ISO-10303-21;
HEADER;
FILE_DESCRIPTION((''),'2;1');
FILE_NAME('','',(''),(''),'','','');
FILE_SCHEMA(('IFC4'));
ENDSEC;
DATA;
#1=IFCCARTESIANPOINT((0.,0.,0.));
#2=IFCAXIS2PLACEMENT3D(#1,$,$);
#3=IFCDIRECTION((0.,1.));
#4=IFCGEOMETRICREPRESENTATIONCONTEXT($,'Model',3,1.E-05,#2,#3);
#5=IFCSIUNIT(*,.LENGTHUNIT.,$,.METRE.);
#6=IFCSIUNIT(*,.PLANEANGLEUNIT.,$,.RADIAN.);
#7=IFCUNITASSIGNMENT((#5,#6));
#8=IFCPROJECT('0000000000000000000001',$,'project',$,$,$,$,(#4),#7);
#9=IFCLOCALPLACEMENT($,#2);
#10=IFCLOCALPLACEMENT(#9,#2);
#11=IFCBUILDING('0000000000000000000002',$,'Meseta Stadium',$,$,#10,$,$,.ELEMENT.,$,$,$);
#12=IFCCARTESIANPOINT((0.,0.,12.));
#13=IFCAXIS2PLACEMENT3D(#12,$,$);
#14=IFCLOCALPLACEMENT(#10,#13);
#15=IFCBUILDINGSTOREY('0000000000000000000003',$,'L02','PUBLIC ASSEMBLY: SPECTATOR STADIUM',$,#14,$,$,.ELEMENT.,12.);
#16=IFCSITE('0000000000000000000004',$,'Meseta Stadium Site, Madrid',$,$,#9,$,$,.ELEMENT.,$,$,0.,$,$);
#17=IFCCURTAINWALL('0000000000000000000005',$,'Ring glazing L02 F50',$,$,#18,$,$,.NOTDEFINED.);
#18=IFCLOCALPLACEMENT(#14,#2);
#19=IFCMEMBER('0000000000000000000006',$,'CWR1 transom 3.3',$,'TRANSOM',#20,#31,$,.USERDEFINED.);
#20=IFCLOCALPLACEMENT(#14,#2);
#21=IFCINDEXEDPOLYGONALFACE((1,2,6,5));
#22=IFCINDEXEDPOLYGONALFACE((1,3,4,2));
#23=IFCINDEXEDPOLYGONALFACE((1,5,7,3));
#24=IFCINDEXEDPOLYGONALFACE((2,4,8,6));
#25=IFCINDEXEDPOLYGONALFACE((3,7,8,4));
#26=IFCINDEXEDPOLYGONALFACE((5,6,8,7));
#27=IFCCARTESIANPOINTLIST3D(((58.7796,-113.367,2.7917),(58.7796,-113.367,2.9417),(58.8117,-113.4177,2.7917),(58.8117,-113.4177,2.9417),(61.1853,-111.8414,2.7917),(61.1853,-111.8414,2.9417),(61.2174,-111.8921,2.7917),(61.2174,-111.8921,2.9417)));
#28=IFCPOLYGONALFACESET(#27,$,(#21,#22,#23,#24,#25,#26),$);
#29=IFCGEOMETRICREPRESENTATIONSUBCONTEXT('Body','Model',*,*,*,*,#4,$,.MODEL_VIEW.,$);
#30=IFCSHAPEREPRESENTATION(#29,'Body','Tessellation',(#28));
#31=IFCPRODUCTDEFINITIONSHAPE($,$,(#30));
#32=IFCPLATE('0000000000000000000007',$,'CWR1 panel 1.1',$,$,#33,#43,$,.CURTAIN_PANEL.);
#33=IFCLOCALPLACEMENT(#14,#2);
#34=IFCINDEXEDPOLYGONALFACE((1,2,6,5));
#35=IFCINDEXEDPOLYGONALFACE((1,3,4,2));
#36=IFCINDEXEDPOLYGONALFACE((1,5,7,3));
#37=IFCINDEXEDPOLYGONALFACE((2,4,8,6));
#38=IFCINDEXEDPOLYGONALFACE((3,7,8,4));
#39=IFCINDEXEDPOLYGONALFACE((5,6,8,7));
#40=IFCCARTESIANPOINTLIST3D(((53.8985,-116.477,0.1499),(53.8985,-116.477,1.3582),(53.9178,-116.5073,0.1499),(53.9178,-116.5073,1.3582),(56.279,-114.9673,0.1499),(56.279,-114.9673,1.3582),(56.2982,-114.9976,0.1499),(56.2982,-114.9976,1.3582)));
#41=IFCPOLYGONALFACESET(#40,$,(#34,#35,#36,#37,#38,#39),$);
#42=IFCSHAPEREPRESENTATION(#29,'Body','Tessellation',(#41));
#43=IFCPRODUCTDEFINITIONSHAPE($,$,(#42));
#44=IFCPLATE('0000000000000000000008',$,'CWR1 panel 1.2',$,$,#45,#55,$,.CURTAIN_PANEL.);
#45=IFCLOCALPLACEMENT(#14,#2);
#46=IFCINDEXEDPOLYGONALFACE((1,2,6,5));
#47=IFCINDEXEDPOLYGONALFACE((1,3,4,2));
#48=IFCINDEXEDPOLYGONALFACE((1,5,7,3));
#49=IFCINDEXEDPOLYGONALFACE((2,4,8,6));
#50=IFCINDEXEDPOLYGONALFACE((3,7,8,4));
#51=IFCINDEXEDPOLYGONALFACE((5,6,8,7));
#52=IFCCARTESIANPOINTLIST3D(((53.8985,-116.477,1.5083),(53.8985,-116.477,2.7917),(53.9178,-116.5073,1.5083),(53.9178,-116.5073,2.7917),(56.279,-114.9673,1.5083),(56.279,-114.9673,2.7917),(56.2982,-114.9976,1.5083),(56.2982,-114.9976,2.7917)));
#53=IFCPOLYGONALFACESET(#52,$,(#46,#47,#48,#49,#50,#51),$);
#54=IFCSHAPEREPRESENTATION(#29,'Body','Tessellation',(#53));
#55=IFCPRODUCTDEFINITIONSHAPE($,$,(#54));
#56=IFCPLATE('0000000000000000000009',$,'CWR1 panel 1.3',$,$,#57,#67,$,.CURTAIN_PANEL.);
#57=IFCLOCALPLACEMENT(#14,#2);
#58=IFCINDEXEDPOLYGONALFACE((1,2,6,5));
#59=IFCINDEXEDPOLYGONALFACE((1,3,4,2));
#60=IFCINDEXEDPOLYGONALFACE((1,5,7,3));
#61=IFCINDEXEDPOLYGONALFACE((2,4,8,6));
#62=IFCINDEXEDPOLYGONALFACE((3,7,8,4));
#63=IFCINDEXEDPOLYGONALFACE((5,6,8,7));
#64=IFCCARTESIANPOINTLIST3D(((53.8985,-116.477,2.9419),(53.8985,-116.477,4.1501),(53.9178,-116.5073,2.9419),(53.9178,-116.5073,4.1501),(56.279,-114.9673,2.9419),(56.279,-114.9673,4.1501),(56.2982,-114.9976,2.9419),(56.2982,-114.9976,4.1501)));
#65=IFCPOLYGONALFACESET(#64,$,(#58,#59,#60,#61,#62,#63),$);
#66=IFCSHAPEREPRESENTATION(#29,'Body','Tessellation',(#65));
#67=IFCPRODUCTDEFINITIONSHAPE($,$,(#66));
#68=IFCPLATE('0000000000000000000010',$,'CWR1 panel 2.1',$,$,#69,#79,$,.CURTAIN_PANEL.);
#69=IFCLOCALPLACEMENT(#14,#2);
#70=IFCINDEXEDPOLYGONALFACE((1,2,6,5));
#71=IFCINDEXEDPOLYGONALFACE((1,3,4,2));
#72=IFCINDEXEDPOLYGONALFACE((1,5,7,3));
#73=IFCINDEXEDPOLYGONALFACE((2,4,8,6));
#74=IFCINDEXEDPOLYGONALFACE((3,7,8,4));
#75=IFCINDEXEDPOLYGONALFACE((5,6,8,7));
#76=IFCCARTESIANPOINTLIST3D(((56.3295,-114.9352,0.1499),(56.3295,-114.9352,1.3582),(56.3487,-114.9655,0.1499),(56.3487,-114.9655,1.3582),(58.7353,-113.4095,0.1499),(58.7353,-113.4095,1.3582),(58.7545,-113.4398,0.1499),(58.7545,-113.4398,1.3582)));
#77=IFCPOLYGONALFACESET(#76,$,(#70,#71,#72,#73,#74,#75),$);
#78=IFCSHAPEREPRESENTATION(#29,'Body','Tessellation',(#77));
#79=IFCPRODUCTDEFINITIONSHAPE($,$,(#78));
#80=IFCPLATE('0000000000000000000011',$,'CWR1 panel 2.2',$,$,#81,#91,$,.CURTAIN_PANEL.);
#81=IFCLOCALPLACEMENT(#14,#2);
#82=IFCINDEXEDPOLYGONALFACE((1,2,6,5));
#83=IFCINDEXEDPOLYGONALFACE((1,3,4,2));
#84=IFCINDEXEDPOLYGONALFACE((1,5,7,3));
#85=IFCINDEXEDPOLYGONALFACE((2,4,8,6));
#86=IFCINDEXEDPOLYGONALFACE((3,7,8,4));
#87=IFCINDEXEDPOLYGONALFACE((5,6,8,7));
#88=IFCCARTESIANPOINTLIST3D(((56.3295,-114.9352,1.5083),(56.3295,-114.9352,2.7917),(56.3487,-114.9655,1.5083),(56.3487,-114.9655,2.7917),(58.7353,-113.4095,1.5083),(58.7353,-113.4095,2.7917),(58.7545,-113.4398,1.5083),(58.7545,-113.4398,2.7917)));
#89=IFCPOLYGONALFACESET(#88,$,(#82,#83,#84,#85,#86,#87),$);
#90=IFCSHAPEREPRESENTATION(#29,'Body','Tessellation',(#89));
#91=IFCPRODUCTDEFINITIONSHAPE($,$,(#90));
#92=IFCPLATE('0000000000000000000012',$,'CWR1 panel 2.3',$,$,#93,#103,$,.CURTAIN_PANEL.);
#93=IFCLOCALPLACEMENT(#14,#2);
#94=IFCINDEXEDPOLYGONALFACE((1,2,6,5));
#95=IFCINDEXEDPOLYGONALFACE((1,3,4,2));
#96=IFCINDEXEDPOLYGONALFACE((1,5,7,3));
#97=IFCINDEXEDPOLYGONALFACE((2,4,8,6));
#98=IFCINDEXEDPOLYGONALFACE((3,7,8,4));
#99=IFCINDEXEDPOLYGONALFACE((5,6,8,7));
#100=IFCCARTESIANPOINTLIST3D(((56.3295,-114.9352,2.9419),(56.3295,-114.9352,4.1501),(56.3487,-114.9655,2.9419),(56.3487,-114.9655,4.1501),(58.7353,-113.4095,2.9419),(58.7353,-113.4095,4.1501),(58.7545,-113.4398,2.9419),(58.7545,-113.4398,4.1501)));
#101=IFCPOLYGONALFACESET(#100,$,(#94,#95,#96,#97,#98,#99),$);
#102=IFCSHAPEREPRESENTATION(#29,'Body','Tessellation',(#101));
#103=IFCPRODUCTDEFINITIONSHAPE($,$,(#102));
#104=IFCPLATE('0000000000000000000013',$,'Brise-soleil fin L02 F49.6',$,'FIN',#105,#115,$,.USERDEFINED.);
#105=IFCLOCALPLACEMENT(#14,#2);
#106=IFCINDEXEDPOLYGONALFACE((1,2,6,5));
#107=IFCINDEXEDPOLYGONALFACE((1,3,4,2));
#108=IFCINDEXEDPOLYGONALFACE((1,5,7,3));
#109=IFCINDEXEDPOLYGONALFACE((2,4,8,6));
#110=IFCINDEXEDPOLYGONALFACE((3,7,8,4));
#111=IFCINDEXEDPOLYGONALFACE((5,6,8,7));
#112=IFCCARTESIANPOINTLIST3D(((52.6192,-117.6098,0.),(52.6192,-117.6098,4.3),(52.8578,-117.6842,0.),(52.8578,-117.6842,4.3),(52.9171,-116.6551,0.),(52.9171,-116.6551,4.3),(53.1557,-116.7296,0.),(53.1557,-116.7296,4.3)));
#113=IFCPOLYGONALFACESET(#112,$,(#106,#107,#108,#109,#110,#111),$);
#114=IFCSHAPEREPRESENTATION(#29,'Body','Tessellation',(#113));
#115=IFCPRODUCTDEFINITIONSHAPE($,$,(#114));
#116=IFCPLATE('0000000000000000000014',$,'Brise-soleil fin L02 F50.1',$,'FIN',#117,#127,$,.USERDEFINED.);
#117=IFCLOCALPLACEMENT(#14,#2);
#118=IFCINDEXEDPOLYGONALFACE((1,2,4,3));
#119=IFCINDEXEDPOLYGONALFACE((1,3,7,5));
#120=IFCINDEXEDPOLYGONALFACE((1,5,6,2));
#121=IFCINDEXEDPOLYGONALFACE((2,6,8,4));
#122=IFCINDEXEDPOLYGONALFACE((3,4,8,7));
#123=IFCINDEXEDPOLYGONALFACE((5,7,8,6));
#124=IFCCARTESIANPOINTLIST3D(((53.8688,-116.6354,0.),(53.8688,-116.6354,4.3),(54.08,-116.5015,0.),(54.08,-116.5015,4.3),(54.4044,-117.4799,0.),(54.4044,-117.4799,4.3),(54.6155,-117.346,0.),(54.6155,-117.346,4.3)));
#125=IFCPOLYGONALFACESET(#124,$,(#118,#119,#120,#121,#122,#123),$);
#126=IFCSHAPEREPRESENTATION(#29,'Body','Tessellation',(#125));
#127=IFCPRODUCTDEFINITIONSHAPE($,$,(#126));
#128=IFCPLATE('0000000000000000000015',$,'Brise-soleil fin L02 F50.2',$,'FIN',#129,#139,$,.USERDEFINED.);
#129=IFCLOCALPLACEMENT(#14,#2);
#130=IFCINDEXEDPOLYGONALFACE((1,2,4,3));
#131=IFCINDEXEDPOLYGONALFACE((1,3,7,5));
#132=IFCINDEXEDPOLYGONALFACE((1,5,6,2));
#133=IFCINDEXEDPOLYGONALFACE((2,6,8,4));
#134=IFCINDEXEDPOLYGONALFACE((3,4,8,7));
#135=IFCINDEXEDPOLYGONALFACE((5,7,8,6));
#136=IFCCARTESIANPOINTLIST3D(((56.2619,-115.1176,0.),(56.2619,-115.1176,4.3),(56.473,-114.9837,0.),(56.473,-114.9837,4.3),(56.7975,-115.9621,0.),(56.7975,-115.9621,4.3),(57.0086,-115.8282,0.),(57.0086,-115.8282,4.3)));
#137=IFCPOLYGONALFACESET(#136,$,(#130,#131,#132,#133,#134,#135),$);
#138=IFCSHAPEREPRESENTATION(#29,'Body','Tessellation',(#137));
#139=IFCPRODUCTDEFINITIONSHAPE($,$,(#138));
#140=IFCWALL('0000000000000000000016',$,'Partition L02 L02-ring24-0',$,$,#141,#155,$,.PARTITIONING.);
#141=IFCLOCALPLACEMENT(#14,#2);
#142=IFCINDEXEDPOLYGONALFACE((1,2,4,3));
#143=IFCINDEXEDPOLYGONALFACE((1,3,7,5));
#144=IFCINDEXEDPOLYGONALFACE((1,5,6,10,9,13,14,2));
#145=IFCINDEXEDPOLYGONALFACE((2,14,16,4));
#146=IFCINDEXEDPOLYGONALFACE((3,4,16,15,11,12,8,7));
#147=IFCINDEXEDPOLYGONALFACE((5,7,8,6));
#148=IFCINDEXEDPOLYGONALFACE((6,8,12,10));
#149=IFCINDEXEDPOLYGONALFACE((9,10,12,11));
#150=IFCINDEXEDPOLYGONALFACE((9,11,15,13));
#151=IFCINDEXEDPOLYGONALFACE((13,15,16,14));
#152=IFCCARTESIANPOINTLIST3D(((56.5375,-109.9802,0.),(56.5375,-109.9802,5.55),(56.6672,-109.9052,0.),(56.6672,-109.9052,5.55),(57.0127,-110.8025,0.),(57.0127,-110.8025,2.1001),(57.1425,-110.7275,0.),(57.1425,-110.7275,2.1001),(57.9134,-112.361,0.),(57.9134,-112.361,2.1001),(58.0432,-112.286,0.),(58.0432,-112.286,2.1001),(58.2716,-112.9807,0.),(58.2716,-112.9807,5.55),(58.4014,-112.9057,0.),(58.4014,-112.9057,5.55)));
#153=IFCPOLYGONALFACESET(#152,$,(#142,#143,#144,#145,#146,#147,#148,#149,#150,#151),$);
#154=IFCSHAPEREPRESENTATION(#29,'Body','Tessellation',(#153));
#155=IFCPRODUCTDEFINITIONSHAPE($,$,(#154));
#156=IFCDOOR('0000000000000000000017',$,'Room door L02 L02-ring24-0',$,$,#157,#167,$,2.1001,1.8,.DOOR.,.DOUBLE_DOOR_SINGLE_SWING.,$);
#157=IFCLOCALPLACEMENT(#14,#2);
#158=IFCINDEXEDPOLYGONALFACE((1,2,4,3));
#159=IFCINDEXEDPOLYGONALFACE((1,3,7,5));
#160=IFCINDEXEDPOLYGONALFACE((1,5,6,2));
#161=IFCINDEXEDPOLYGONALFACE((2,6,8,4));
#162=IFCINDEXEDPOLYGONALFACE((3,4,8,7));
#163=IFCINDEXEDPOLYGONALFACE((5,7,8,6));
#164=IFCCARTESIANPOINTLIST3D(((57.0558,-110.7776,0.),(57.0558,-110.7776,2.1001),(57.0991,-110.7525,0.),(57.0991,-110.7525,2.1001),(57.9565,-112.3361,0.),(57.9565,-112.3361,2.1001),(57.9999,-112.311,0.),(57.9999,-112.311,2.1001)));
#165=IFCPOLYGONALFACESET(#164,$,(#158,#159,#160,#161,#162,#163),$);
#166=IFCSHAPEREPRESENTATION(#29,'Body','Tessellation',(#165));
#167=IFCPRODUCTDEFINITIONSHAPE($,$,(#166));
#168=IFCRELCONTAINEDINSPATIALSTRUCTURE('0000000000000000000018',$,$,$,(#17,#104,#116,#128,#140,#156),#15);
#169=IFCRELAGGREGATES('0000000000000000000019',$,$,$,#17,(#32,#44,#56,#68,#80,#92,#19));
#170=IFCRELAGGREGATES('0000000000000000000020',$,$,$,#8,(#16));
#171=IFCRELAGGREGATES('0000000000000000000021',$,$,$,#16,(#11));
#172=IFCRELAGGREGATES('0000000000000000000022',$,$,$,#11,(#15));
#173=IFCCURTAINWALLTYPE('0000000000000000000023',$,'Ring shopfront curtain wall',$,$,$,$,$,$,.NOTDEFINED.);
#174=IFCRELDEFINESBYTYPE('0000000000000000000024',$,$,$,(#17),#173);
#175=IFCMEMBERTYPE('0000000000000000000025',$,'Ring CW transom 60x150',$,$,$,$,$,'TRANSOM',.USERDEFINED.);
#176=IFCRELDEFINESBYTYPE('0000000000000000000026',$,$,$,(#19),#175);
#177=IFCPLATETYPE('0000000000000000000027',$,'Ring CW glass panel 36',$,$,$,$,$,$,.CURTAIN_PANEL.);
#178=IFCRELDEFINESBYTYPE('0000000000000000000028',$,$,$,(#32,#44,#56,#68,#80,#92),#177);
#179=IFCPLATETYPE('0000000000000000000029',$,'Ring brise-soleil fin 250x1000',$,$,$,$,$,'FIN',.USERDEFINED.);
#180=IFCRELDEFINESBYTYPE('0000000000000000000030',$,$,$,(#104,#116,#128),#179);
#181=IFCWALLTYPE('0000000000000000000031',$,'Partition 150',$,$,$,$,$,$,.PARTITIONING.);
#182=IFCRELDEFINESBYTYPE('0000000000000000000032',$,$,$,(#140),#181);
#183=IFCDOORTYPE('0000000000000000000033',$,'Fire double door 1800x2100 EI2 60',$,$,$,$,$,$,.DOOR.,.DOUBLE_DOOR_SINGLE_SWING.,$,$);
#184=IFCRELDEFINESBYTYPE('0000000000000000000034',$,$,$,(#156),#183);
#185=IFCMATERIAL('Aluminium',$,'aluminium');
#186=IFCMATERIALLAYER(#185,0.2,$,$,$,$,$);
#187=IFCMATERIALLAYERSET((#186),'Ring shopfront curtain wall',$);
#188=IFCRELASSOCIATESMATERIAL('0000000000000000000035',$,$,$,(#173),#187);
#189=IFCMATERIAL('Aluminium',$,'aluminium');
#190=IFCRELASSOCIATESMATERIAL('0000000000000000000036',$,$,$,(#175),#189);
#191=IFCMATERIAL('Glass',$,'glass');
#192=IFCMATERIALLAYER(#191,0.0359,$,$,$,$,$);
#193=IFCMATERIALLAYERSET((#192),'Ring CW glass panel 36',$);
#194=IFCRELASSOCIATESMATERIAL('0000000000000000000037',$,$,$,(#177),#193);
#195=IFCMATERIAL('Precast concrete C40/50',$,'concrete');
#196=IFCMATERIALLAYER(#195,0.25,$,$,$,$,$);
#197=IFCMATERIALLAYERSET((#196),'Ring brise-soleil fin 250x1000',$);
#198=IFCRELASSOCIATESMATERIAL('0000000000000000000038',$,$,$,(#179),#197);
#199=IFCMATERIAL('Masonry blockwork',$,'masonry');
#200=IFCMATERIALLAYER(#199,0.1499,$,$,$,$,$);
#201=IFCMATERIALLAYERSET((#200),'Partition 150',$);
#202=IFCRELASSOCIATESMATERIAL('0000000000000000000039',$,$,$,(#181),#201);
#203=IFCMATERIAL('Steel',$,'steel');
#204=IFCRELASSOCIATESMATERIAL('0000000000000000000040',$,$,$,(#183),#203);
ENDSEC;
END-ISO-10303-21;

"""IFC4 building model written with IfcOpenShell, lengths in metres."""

from ifc_helpers import new_model, si_unit, direction, frame, frame_2d, origin, origin_2d, place, context, subcontext, project, spatial, rectangle, extrude, material, layer, layer_set, material_profile, profile_set, type_object, element, fill, aggregate, save


model = new_model("IFC4")

# Units and contexts
model_context = context("Model", 3, precision=1e-05, world=origin(), true_north=direction((0.0, 1.0)))
body_context = subcontext(model_context, "Body", "Model", "MODEL_VIEW")
ifc_project = project(units=[si_unit("LENGTHUNIT", "METRE"), si_unit("PLANEANGLEUNIT", "RADIAN")], contexts=[model_context])

# Site, building, storey
site_placement = place(None, origin())
site = spatial("IfcSite", under=ifc_project, at=site_placement, Name="Meseta Stadium Site, Madrid", CompositionType="ELEMENT", RefElevation=0.0)
building_placement = place(site_placement, origin())
building = spatial("IfcBuilding", under=site, at=building_placement, Name="Meseta Stadium", CompositionType="ELEMENT")
storey_placement = place(building_placement, frame((0.0, 0.0, 12.0)))
storey = spatial("IfcBuildingStorey", under=building, at=storey_placement, Name="L02", Description="PUBLIC ASSEMBLY: SPECTATOR STADIUM", CompositionType="ELEMENT", Elevation=12.0)

# Shared definitions
ifc_material_1 = material(Name="Aluminium", Category="aluminium")
ifc_layer_1 = layer(ifc_material_1, 0.2)
ifc_layer_set_1 = layer_set([ifc_layer_1], Name="Ring shopfront curtain wall")
curtain_wall_type = type_object("IfcCurtainWallType", Name="Ring shopfront curtain wall", PredefinedType="NOTDEFINED", material=ifc_layer_set_1)

# Curtain wall, member, plates
curtain_wall_1_placement = place(storey_placement, origin())
curtain_wall_1 = element("IfcCurtainWall", 1, at=curtain_wall_1_placement, inside=storey, type_object=curtain_wall_type, Name="Ring glazing L02 F50", PredefinedType="NOTDEFINED")
ifc_material_2 = material(Name="Aluminium", Category="aluminium")
ifc_material_profile_1 = material_profile(ifc_material_2, rectangle(XDim=0.0601, YDim=0.1499, at=origin_2d()), Name="CW 60x150")
ifc_profile_set_1 = profile_set([ifc_material_profile_1], Name="Aluminium")
member_type_1 = type_object("IfcMemberType", Name="Ring CW transom 60x150", ElementType="TRANSOM", PredefinedType="USERDEFINED", material=ifc_profile_set_1)
member_1_placement = place(storey_placement, frame((58.7957, -113.3923, 2.8667), z_axis=(0.844504, 0.535549, 0.0), x_axis=(-0.535549, 0.844504, 0.0)))
member_1 = element("IfcMember", 2, at=member_1_placement, type_object=member_type_1, Name="CWR1 transom 3.3", ObjectType="TRANSOM", PredefinedType="USERDEFINED", context=body_context, shape_type="SweptSolid", body=[
    extrude(rectangle(XDim=0.0601, YDim=0.1499, at=origin_2d()), origin(), (0.0, 0.0, 1.0), 2.8486),
])
ifc_material_3 = material(Name="Glass", Category="glass")
ifc_layer_2 = layer(ifc_material_3, 0.0359)
ifc_layer_set_2 = layer_set([ifc_layer_2], Name="Ring CW glass panel 36")
plate_type_1 = type_object("IfcPlateType", Name="Ring CW glass panel 36", PredefinedType="CURTAIN_PANEL", material=ifc_layer_set_2)
plate_1_placement = place(storey_placement, frame((55.0984, -115.7373, 0.1499), z_axis=(0.0, 0.0, 1.0), x_axis=(0.844491, 0.535569, 0.0)))
plate_1 = element("IfcPlate", 3, at=plate_1_placement, type_object=plate_type_1, Name="CWR1 panel 1.1", PredefinedType="CURTAIN_PANEL", context=body_context, shape_type="SweptSolid", body=[
    extrude(rectangle(XDim=2.8188, YDim=0.0359, at=origin_2d()), origin(), (0.0, 0.0, 1.0), 1.2083),
])
plate_2_placement = place(storey_placement, frame((55.0984, -115.7373, 1.5083), z_axis=(0.0, 0.0, 1.0), x_axis=(0.844491, 0.535569, 0.0)))
plate_2 = element("IfcPlate", 4, at=plate_2_placement, type_object=plate_type_1, Name="CWR1 panel 1.2", PredefinedType="CURTAIN_PANEL", context=body_context, shape_type="SweptSolid", body=[
    extrude(rectangle(XDim=2.8188, YDim=0.0359, at=origin_2d()), origin(), (0.0, 0.0, 1.0), 1.2834),
])
plate_3_placement = place(storey_placement, frame((55.0984, -115.7373, 2.9419), z_axis=(0.0, 0.0, 1.0), x_axis=(0.844491, 0.535569, 0.0)))
plate_3 = element("IfcPlate", 5, at=plate_3_placement, type_object=plate_type_1, Name="CWR1 panel 1.3", PredefinedType="CURTAIN_PANEL", context=body_context, shape_type="SweptSolid", body=[
    extrude(rectangle(XDim=2.8188, YDim=0.0359, at=origin_2d()), origin(), (0.0, 0.0, 1.0), 1.2083),
])
plate_4_placement = place(storey_placement, frame((57.542, -114.1875, 0.1499), z_axis=(0.0, 0.0, 1.0), x_axis=(0.844491, 0.535569, 0.0)))
plate_4 = element("IfcPlate", 6, at=plate_4_placement, type_object=plate_type_1, Name="CWR1 panel 2.1", PredefinedType="CURTAIN_PANEL", context=body_context, shape_type="SweptSolid", body=[
    extrude(rectangle(XDim=2.8489, YDim=0.0359, at=origin_2d()), origin(), (0.0, 0.0, 1.0), 1.2083),
])
plate_5_placement = place(storey_placement, frame((57.542, -114.1875, 1.5083), z_axis=(0.0, 0.0, 1.0), x_axis=(0.844491, 0.535569, 0.0)))
plate_5 = element("IfcPlate", 7, at=plate_5_placement, type_object=plate_type_1, Name="CWR1 panel 2.2", PredefinedType="CURTAIN_PANEL", context=body_context, shape_type="SweptSolid", body=[
    extrude(rectangle(XDim=2.8489, YDim=0.0359, at=origin_2d()), origin(), (0.0, 0.0, 1.0), 1.2834),
])
plate_6_placement = place(storey_placement, frame((57.542, -114.1875, 2.9419), z_axis=(0.0, 0.0, 1.0), x_axis=(0.844491, 0.535569, 0.0)))
plate_6 = element("IfcPlate", 8, at=plate_6_placement, type_object=plate_type_1, Name="CWR1 panel 2.3", PredefinedType="CURTAIN_PANEL", context=body_context, shape_type="SweptSolid", body=[
    extrude(rectangle(XDim=2.8489, YDim=0.0359, at=origin_2d()), origin(), (0.0, 0.0, 1.0), 1.2083),
])
aggregate(curtain_wall_1, [plate_1, plate_2, plate_3, plate_4, plate_5, plate_6, member_1])

# Plates
ifc_material_4 = material(Name="Precast concrete C40/50", Category="concrete")
ifc_layer_3 = layer(ifc_material_4, 0.25)
ifc_layer_set_3 = layer_set([ifc_layer_3], Name="Ring brise-soleil fin 250x1000")
plate_type_2 = type_object("IfcPlateType", Name="Ring brise-soleil fin 250x1000", ElementType="FIN", PredefinedType="USERDEFINED", material=ifc_layer_set_3)
for number, where, z_axis, x_axis, name in (
    (9, (52.8875, -117.1697, 0.0), (0.0, 0.0, 1.0), (0.954611, -0.297856, 0.0), "Brise-soleil fin L02 F49.6"),
    (10, (54.2422, -116.9907, 0.0), (0.0, 0.0, 1.0), (0.844492, 0.535569, 0.0), "Brise-soleil fin L02 F50.1"),
    (11, (56.6353, -115.4729, 0.0), (0.0, 0.0, 1.0), (0.844492, 0.535569, 0.0), "Brise-soleil fin L02 F50.2"),
):
    element("IfcPlate", number, at=place(storey_placement, frame(where, z_axis=z_axis, x_axis=x_axis)), inside=storey, type_object=plate_type_2, Name=name, ObjectType="FIN", PredefinedType="USERDEFINED", context=body_context, shape_type="SweptSolid", body=[
        extrude(rectangle(XDim=0.25, YDim=1.0, at=origin_2d()), origin(), (0.0, 0.0, 1.0), 4.3),
    ])

# Wall, opening, door
ifc_material_5 = material(Name="Masonry blockwork", Category="masonry")
ifc_layer_4 = layer(ifc_material_5, 0.1499)
ifc_layer_set_4 = layer_set([ifc_layer_4], Name="Partition 150")
wall_type = type_object("IfcWallType", Name="Partition 150", PredefinedType="PARTITIONING", material=ifc_layer_set_4)
wall_placement = place(storey_placement, frame((56.6023, -109.9426, 0.0), z_axis=(0.0, 0.0, 1.0), x_axis=(0.500389, -0.865801, 0.0)))
wall = element("IfcWall", 12, at=wall_placement, inside=storey, type_object=wall_type, Name="Partition L02 L02-ring24-0", PredefinedType="PARTITIONING", context=body_context, shape_type="SweptSolid", body=[
    extrude(rectangle(XDim=3.4656, YDim=0.1499, at=frame_2d((1.7329, 0.0))), origin(), (0.0, 0.0, 1.0), 5.55),
])
opening_placement = place(wall_placement, frame((0.95, 0.0, 0.0)))
opening = element("IfcOpeningElement", 13, at=opening_placement, cuts=wall, PredefinedType="OPENING", context=body_context, shape_type="SweptSolid", body=[
    extrude(rectangle(XDim=1.8, YDim=2.1001, at=frame_2d((0.8999, 1.05))), frame((0.0, 0.085, 0.0), z_axis=(0.0, -1.0, 0.0), x_axis=(1.0, 0.0, 0.0)), (0.0, 0.0, 1.0), 0.1699),
])
ifc_material_6 = material(Name="Steel", Category="steel")
door_type = type_object("IfcDoorType", Name="Fire double door 1800x2100 EI2 60", OperationType="DOUBLE_DOOR_SINGLE_SWING", PredefinedType="DOOR", material=ifc_material_6)
door_placement = place(opening_placement, origin())
door = element("IfcDoor", 14, at=door_placement, inside=storey, type_object=door_type, Name="Room door L02 L02-ring24-0", OperationType="DOUBLE_DOOR_SINGLE_SWING", OverallHeight=2.1001, OverallWidth=1.8, PredefinedType="DOOR", context=body_context, shape_type="SweptSolid", body=[
    extrude(rectangle(XDim=1.8, YDim=2.1001, at=frame_2d((0.8999, 1.05))), frame((0.0, 0.0249, 0.0), z_axis=(0.0, -1.0, 0.0), x_axis=(1.0, 0.0, 0.0)), (0.0, 0.0, 1.0), 0.05),
])
fill(opening, door)

save(model, "model.ifc")
